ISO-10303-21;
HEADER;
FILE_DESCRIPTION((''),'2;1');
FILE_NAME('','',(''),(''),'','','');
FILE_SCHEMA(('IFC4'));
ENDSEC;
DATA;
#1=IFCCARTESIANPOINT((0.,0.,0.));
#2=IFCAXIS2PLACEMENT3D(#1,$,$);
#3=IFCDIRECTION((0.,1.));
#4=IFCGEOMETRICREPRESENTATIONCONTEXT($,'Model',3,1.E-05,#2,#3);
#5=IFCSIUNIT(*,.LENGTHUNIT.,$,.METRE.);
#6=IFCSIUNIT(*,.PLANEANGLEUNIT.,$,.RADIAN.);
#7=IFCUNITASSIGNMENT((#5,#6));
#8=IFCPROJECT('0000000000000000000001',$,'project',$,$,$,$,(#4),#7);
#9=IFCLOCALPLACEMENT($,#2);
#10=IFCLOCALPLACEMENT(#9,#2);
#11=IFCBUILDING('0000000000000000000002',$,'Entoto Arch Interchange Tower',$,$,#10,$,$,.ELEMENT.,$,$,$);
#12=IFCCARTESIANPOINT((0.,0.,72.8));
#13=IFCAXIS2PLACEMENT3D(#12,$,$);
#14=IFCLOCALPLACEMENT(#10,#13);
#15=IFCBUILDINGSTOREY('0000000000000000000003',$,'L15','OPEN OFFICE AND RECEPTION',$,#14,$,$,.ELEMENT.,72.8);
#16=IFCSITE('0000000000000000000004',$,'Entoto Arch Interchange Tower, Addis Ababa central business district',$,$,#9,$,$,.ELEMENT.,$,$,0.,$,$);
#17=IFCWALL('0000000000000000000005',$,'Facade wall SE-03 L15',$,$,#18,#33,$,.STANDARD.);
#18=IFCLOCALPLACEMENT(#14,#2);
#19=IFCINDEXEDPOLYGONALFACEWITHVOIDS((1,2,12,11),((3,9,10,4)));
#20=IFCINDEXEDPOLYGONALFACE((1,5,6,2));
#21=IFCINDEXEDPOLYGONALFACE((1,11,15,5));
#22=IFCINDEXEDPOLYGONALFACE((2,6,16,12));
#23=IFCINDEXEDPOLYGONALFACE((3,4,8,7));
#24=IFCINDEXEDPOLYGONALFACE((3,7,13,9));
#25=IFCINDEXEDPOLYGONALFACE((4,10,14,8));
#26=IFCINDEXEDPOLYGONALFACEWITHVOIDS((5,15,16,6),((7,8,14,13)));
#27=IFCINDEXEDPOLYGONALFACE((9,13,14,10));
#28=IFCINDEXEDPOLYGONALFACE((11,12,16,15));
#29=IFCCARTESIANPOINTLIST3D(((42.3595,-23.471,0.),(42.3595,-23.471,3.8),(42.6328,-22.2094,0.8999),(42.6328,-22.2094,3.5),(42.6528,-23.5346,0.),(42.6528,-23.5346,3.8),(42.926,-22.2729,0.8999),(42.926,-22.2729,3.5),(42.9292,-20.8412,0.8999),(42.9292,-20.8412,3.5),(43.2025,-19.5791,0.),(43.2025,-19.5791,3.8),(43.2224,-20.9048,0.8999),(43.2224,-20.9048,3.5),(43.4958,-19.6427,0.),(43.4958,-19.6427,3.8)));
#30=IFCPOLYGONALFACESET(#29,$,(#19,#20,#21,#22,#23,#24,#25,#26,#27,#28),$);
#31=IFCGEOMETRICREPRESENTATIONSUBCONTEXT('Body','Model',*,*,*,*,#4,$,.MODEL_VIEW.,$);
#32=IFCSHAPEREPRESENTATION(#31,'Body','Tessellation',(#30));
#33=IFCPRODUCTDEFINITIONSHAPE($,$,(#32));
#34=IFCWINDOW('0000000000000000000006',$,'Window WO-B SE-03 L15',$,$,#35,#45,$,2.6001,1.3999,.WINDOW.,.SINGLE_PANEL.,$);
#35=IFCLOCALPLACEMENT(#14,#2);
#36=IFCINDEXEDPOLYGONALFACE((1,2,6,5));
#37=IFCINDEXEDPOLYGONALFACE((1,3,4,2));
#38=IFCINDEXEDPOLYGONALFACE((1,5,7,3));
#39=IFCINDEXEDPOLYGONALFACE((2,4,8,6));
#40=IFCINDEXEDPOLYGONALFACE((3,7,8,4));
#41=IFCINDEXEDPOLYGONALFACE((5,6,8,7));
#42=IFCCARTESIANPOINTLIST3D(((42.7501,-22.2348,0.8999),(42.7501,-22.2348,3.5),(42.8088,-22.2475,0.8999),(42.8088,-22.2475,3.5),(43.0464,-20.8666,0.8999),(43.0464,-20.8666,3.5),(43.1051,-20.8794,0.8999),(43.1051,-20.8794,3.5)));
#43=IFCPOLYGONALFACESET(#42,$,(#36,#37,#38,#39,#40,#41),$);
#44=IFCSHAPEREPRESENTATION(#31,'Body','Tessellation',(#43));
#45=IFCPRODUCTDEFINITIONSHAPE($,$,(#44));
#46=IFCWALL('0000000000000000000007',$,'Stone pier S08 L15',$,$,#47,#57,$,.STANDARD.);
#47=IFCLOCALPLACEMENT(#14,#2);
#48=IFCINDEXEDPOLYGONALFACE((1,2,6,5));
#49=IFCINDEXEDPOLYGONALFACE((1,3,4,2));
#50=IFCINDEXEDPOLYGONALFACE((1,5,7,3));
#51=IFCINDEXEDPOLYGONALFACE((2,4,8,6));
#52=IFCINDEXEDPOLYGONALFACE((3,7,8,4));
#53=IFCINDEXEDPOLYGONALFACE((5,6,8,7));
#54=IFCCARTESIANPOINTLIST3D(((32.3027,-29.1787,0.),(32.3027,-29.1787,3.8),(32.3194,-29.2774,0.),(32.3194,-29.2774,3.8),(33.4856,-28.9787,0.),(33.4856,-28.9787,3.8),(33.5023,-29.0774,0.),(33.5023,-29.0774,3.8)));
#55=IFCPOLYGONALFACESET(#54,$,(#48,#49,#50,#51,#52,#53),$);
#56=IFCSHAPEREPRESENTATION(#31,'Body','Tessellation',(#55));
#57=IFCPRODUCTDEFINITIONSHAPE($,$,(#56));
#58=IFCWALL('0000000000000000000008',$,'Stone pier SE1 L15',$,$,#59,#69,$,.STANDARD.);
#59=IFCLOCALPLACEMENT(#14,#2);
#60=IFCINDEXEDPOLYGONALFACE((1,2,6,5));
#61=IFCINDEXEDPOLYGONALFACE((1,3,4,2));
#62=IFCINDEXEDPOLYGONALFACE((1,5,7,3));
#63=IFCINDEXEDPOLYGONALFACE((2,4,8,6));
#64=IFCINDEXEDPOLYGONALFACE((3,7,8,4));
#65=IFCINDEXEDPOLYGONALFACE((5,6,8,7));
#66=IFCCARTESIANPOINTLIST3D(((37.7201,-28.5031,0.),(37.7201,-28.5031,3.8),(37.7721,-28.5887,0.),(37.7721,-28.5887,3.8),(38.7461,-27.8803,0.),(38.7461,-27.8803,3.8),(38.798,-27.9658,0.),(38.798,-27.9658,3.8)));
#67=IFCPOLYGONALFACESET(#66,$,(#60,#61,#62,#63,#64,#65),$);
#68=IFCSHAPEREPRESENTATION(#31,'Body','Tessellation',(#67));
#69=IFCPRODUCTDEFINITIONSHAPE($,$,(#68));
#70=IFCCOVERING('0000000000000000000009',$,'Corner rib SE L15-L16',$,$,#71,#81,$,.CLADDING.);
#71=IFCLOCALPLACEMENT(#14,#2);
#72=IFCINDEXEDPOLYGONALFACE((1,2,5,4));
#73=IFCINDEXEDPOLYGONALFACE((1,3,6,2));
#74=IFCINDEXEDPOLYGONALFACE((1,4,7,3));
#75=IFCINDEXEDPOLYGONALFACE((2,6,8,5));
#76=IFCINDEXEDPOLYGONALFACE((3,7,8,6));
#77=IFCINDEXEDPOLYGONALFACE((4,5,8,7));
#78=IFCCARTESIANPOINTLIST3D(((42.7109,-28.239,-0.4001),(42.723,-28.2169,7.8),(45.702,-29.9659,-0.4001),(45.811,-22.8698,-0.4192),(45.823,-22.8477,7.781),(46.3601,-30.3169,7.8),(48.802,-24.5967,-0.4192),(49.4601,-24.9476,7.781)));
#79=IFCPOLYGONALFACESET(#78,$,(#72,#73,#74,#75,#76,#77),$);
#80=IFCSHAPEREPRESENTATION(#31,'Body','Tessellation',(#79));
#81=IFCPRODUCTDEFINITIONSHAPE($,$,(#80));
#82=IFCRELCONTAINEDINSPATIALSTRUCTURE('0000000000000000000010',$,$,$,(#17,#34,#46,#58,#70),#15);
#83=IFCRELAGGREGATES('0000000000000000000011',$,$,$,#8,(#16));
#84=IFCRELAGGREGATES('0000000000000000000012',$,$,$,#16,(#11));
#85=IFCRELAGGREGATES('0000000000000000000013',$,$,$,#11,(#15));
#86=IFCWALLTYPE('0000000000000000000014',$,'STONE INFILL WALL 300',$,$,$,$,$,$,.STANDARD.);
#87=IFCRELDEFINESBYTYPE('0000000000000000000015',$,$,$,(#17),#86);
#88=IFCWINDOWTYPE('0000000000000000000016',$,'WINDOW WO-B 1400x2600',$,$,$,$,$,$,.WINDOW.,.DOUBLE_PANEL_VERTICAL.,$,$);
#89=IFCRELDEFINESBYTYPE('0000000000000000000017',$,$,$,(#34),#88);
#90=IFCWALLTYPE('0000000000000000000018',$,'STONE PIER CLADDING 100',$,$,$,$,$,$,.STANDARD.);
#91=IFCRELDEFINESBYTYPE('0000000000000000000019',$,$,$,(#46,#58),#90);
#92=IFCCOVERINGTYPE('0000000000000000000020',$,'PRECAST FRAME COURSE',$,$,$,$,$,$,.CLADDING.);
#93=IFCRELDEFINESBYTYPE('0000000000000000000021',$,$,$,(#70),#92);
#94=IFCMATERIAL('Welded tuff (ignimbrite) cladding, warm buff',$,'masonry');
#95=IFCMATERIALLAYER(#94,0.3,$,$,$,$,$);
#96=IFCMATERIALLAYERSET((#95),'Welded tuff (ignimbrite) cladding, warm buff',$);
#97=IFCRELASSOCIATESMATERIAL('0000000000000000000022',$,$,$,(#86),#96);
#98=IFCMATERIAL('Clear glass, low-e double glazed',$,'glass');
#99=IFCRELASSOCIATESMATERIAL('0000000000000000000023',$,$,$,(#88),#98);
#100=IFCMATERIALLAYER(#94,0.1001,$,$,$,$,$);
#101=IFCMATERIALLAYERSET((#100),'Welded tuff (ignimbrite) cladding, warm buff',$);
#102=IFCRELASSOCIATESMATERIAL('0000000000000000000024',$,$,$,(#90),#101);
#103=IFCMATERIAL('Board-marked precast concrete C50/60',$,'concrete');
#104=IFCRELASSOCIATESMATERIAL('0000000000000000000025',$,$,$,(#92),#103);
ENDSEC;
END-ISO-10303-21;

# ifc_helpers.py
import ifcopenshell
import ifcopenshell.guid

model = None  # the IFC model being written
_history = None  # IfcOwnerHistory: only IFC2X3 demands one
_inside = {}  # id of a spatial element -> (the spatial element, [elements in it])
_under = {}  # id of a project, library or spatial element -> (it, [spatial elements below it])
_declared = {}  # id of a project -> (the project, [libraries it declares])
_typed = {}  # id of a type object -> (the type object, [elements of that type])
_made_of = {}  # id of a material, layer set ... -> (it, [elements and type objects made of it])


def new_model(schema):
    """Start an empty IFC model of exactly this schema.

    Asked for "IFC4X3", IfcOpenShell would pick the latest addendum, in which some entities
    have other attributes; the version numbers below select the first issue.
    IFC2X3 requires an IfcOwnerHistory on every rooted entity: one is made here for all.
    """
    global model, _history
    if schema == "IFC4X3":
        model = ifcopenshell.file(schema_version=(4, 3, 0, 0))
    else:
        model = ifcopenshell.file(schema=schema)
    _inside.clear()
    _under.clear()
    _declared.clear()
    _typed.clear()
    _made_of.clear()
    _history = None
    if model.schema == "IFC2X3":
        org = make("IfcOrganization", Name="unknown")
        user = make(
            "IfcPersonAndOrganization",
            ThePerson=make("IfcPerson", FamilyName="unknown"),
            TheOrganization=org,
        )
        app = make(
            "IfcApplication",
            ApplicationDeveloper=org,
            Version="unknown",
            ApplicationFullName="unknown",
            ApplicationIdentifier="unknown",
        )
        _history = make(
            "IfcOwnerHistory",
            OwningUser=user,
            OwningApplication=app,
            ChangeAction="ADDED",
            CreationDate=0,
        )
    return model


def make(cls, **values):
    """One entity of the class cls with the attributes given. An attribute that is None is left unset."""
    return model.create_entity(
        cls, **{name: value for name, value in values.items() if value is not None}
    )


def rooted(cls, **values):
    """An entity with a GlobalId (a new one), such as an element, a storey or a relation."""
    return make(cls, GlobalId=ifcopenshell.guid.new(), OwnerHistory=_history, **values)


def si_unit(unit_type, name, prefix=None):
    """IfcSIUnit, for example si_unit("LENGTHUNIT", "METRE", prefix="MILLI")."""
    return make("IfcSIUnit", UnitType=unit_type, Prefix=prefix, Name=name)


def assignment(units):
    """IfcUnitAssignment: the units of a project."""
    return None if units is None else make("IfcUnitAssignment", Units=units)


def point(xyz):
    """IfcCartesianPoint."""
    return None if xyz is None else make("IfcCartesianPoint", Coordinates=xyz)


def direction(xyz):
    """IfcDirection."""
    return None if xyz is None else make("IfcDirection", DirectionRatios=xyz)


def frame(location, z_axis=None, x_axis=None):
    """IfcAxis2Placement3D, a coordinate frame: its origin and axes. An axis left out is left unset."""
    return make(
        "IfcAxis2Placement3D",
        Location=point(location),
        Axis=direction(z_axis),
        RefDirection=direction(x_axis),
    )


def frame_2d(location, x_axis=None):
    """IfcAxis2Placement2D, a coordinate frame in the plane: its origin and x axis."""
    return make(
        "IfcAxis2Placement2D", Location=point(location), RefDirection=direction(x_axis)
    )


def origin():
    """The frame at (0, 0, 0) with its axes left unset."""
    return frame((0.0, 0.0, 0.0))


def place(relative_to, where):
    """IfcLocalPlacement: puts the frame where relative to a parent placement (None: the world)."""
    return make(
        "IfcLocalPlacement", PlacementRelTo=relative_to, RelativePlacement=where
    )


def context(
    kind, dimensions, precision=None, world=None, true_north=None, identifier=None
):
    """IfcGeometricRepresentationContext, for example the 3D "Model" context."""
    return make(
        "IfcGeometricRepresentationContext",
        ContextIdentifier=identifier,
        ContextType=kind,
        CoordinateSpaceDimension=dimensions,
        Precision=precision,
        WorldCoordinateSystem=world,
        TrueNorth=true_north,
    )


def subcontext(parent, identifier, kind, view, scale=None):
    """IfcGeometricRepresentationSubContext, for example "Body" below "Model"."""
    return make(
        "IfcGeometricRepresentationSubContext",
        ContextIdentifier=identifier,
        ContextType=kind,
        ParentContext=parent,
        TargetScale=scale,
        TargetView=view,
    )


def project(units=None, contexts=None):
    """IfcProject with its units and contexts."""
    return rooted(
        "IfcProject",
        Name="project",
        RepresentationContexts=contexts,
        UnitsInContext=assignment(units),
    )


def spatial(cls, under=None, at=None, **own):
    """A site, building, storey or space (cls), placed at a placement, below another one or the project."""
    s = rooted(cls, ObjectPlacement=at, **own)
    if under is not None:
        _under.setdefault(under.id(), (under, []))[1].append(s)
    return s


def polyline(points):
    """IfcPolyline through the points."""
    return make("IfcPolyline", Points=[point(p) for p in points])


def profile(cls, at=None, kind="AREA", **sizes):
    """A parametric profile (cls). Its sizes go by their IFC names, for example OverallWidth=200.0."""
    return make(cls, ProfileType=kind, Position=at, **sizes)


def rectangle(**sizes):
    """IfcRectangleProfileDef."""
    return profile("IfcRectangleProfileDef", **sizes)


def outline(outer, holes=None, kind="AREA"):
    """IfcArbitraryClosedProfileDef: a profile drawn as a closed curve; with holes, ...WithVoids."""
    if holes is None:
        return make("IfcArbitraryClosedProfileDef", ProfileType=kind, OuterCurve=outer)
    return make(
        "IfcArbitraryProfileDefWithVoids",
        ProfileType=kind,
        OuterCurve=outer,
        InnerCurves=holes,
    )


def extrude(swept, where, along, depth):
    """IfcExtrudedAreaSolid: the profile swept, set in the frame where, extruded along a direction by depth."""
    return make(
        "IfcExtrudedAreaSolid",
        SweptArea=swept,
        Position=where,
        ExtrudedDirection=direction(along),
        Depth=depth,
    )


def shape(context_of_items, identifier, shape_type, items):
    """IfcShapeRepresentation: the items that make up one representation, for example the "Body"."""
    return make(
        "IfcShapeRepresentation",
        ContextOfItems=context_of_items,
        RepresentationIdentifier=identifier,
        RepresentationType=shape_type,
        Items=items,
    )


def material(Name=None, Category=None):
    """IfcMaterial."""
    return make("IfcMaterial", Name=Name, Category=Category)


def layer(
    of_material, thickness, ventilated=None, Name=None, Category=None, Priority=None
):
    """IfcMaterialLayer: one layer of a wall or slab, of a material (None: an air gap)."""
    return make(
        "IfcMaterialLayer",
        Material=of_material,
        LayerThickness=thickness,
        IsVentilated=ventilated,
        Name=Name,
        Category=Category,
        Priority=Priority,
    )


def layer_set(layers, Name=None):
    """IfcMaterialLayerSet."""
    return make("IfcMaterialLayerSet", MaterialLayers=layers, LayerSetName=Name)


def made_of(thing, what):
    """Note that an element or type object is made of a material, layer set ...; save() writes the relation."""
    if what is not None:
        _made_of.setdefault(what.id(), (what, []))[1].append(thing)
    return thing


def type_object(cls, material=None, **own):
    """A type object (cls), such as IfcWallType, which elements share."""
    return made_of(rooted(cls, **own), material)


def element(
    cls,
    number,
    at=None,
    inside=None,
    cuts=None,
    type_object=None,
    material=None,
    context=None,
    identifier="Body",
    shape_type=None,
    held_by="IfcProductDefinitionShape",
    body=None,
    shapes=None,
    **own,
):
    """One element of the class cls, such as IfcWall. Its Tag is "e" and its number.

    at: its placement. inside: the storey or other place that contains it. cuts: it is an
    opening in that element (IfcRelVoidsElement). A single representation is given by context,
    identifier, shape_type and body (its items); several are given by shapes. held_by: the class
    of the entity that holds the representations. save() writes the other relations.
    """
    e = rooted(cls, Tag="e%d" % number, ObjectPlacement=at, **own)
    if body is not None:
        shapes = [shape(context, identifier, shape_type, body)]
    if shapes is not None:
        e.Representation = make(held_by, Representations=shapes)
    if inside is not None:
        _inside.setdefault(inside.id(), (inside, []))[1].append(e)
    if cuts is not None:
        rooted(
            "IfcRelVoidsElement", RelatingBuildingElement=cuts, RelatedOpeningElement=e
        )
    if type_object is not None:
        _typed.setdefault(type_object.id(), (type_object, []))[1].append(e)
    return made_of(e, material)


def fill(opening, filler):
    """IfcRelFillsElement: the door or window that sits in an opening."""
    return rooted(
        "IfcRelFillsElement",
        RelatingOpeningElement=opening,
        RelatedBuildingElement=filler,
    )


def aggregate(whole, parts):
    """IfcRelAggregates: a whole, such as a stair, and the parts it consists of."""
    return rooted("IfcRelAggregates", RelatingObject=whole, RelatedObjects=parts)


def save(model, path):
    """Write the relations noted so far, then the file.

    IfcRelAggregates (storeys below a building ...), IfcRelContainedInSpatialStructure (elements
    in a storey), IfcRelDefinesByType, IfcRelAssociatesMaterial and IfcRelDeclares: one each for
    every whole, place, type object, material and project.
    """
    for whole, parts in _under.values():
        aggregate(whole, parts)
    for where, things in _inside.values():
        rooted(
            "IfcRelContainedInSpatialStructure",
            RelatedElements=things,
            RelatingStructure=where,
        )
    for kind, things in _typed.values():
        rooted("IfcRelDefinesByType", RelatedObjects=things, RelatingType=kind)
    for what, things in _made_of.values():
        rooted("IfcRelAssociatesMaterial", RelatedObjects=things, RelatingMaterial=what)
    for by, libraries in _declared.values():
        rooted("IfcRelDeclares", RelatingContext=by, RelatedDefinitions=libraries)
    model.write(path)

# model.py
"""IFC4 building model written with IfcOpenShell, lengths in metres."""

from ifc_helpers import new_model, si_unit, direction, frame, frame_2d, origin, place, context, subcontext, project, spatial, polyline, rectangle, outline, extrude, material, layer, layer_set, type_object, element, fill, save


model = new_model("IFC4")

# Units and contexts
model_context = context("Model", 3, precision=1e-05, world=origin(), true_north=direction((0.0, 1.0)))
body_context = subcontext(model_context, "Body", "Model", "MODEL_VIEW")
ifc_project = project(units=[si_unit("LENGTHUNIT", "METRE"), si_unit("PLANEANGLEUNIT", "RADIAN")], contexts=[model_context])

# Site, building, storey
site_placement = place(None, origin())
site = spatial("IfcSite", under=ifc_project, at=site_placement, Name="Entoto Arch Interchange Tower, Addis Ababa central business district", CompositionType="ELEMENT", RefElevation=0.0)
building_placement = place(site_placement, origin())
building = spatial("IfcBuilding", under=site, at=building_placement, Name="Entoto Arch Interchange Tower", CompositionType="ELEMENT")
storey_placement = place(building_placement, frame((0.0, 0.0, 72.8)))
storey = spatial("IfcBuildingStorey", under=building, at=storey_placement, Name="L15", Description="OPEN OFFICE AND RECEPTION", CompositionType="ELEMENT", Elevation=72.8)

# Wall, opening, window
ifc_material_1 = material(Name="Welded tuff (ignimbrite) cladding, warm buff", Category="masonry")
ifc_layer_1 = layer(ifc_material_1, 0.3)
ifc_layer_set_1 = layer_set([ifc_layer_1], Name="Welded tuff (ignimbrite) cladding, warm buff")
wall_type_1 = type_object("IfcWallType", Name="STONE INFILL WALL 300", PredefinedType="STANDARD", material=ifc_layer_set_1)
ifc_material_2 = material(Name="Clear glass, low-e double glazed", Category="glass")
window_type = type_object("IfcWindowType", Name="WINDOW WO-B 1400x2600", PartitioningType="DOUBLE_PANEL_VERTICAL", PredefinedType="WINDOW", material=ifc_material_2)
wall_1_placement = place(storey_placement, frame((42.5061, -23.5029, 0.0), z_axis=(0.0, 0.0, 1.0), x_axis=(0.211702, 0.977334, 0.0)))
wall_1 = element("IfcWall", 1, at=wall_1_placement, inside=storey, type_object=wall_type_1, Name="Facade wall SE-03 L15", PredefinedType="STANDARD", context=body_context, shape_type="SweptSolid", body=[
    extrude(rectangle(XDim=3.9822, YDim=0.3, at=frame_2d((1.9912, 0.0))), origin(), (0.0, 0.0, 1.0), 3.8),
])
opening_1_placement = place(wall_1_placement, frame((1.291, 0.0, 0.8999)))
opening_1 = element("IfcOpeningElement", 2, at=opening_1_placement, cuts=wall_1, PredefinedType="OPENING", context=body_context, shape_type="SweptSolid", body=[
    extrude(rectangle(XDim=1.3999, YDim=2.6001, at=frame_2d((0.7, 1.3))), frame((0.0, 0.1602, 0.0), z_axis=(0.0, -1.0, 0.0), x_axis=(1.0, 0.0, 0.0)), (0.0, 0.0, 1.0), 0.3201),
])
window_1_placement = place(opening_1_placement, origin())
window_1 = element("IfcWindow", 3, at=window_1_placement, inside=storey, type_object=window_type, Name="Window WO-B SE-03 L15", OverallHeight=2.6001, OverallWidth=1.3999, PartitioningType="SINGLE_PANEL", PredefinedType="WINDOW", context=body_context, shape_type="SweptSolid", body=[
    extrude(rectangle(XDim=1.3999, YDim=2.6001, at=frame_2d((0.7, 1.3))), frame((0.0, 0.03, 0.0), z_axis=(0.0, -1.0, 0.0), x_axis=(1.0, 0.0, 0.0)), (0.0, 0.0, 1.0), 0.0601),
])
fill(opening_1, window_1)

# Walls
ifc_layer_2 = layer(ifc_material_1, 0.1001)
ifc_layer_set_2 = layer_set([ifc_layer_2], Name="Welded tuff (ignimbrite) cladding, warm buff")
wall_type_2 = type_object("IfcWallType", Name="STONE PIER CLADDING 100", PredefinedType="STANDARD", material=ifc_layer_set_2)
wall_2_placement = place(storey_placement, frame((32.311, -29.228, 0.0), z_axis=(0.0, 0.0, 1.0), x_axis=(0.986012, 0.166676, 0.0)))
element("IfcWall", 4, at=wall_2_placement, inside=storey, type_object=wall_type_2, Name="Stone pier S08 L15", PredefinedType="STANDARD", context=body_context, shape_type="SweptSolid", body=[
    extrude(rectangle(XDim=1.1997, YDim=0.1001, at=frame_2d((0.5999, 0.0))), origin(), (0.0, 0.0, 1.0), 3.8),
])
wall_3_placement = place(storey_placement, frame((37.7461, -28.5459, 0.0), z_axis=(0.0, 0.0, 1.0), x_axis=(0.854807, 0.518946, 0.0)))
element("IfcWall", 5, at=wall_3_placement, inside=storey, type_object=wall_type_2, Name="Stone pier SE1 L15", PredefinedType="STANDARD", context=body_context, shape_type="SweptSolid", body=[
    extrude(rectangle(XDim=1.2002, YDim=0.1001, at=frame_2d((0.6001, 0.0))), origin(), (0.0, 0.0, 1.0), 3.8),
])

# Covering
ifc_material_3 = material(Name="Board-marked precast concrete C50/60", Category="concrete")
covering_type = type_object("IfcCoveringType", Name="PRECAST FRAME COURSE", PredefinedType="CLADDING", material=ifc_material_3)
covering_1_placement = place(storey_placement, frame((42.7109, -28.239, -0.4001), z_axis=(-0.50001, -0.866014, 0.003067), x_axis=(0.866018, -0.500012, 0.0)))
element("IfcCovering", 6, at=covering_1_placement, inside=storey, type_object=covering_type, Name="Corner rib SE L15-L16", PredefinedType="CLADDING", context=body_context, shape_type="SweptSolid", body=[
    extrude(outline(polyline([(0.0, 0.0), (3.4538, 0.0), (4.1992, 8.2002), (-0.0006, 8.2002), (0.0, 0.0)])), origin(), (0.0, 0.0, -1.0), 6.2),
])

save(model, "model.ifc")
